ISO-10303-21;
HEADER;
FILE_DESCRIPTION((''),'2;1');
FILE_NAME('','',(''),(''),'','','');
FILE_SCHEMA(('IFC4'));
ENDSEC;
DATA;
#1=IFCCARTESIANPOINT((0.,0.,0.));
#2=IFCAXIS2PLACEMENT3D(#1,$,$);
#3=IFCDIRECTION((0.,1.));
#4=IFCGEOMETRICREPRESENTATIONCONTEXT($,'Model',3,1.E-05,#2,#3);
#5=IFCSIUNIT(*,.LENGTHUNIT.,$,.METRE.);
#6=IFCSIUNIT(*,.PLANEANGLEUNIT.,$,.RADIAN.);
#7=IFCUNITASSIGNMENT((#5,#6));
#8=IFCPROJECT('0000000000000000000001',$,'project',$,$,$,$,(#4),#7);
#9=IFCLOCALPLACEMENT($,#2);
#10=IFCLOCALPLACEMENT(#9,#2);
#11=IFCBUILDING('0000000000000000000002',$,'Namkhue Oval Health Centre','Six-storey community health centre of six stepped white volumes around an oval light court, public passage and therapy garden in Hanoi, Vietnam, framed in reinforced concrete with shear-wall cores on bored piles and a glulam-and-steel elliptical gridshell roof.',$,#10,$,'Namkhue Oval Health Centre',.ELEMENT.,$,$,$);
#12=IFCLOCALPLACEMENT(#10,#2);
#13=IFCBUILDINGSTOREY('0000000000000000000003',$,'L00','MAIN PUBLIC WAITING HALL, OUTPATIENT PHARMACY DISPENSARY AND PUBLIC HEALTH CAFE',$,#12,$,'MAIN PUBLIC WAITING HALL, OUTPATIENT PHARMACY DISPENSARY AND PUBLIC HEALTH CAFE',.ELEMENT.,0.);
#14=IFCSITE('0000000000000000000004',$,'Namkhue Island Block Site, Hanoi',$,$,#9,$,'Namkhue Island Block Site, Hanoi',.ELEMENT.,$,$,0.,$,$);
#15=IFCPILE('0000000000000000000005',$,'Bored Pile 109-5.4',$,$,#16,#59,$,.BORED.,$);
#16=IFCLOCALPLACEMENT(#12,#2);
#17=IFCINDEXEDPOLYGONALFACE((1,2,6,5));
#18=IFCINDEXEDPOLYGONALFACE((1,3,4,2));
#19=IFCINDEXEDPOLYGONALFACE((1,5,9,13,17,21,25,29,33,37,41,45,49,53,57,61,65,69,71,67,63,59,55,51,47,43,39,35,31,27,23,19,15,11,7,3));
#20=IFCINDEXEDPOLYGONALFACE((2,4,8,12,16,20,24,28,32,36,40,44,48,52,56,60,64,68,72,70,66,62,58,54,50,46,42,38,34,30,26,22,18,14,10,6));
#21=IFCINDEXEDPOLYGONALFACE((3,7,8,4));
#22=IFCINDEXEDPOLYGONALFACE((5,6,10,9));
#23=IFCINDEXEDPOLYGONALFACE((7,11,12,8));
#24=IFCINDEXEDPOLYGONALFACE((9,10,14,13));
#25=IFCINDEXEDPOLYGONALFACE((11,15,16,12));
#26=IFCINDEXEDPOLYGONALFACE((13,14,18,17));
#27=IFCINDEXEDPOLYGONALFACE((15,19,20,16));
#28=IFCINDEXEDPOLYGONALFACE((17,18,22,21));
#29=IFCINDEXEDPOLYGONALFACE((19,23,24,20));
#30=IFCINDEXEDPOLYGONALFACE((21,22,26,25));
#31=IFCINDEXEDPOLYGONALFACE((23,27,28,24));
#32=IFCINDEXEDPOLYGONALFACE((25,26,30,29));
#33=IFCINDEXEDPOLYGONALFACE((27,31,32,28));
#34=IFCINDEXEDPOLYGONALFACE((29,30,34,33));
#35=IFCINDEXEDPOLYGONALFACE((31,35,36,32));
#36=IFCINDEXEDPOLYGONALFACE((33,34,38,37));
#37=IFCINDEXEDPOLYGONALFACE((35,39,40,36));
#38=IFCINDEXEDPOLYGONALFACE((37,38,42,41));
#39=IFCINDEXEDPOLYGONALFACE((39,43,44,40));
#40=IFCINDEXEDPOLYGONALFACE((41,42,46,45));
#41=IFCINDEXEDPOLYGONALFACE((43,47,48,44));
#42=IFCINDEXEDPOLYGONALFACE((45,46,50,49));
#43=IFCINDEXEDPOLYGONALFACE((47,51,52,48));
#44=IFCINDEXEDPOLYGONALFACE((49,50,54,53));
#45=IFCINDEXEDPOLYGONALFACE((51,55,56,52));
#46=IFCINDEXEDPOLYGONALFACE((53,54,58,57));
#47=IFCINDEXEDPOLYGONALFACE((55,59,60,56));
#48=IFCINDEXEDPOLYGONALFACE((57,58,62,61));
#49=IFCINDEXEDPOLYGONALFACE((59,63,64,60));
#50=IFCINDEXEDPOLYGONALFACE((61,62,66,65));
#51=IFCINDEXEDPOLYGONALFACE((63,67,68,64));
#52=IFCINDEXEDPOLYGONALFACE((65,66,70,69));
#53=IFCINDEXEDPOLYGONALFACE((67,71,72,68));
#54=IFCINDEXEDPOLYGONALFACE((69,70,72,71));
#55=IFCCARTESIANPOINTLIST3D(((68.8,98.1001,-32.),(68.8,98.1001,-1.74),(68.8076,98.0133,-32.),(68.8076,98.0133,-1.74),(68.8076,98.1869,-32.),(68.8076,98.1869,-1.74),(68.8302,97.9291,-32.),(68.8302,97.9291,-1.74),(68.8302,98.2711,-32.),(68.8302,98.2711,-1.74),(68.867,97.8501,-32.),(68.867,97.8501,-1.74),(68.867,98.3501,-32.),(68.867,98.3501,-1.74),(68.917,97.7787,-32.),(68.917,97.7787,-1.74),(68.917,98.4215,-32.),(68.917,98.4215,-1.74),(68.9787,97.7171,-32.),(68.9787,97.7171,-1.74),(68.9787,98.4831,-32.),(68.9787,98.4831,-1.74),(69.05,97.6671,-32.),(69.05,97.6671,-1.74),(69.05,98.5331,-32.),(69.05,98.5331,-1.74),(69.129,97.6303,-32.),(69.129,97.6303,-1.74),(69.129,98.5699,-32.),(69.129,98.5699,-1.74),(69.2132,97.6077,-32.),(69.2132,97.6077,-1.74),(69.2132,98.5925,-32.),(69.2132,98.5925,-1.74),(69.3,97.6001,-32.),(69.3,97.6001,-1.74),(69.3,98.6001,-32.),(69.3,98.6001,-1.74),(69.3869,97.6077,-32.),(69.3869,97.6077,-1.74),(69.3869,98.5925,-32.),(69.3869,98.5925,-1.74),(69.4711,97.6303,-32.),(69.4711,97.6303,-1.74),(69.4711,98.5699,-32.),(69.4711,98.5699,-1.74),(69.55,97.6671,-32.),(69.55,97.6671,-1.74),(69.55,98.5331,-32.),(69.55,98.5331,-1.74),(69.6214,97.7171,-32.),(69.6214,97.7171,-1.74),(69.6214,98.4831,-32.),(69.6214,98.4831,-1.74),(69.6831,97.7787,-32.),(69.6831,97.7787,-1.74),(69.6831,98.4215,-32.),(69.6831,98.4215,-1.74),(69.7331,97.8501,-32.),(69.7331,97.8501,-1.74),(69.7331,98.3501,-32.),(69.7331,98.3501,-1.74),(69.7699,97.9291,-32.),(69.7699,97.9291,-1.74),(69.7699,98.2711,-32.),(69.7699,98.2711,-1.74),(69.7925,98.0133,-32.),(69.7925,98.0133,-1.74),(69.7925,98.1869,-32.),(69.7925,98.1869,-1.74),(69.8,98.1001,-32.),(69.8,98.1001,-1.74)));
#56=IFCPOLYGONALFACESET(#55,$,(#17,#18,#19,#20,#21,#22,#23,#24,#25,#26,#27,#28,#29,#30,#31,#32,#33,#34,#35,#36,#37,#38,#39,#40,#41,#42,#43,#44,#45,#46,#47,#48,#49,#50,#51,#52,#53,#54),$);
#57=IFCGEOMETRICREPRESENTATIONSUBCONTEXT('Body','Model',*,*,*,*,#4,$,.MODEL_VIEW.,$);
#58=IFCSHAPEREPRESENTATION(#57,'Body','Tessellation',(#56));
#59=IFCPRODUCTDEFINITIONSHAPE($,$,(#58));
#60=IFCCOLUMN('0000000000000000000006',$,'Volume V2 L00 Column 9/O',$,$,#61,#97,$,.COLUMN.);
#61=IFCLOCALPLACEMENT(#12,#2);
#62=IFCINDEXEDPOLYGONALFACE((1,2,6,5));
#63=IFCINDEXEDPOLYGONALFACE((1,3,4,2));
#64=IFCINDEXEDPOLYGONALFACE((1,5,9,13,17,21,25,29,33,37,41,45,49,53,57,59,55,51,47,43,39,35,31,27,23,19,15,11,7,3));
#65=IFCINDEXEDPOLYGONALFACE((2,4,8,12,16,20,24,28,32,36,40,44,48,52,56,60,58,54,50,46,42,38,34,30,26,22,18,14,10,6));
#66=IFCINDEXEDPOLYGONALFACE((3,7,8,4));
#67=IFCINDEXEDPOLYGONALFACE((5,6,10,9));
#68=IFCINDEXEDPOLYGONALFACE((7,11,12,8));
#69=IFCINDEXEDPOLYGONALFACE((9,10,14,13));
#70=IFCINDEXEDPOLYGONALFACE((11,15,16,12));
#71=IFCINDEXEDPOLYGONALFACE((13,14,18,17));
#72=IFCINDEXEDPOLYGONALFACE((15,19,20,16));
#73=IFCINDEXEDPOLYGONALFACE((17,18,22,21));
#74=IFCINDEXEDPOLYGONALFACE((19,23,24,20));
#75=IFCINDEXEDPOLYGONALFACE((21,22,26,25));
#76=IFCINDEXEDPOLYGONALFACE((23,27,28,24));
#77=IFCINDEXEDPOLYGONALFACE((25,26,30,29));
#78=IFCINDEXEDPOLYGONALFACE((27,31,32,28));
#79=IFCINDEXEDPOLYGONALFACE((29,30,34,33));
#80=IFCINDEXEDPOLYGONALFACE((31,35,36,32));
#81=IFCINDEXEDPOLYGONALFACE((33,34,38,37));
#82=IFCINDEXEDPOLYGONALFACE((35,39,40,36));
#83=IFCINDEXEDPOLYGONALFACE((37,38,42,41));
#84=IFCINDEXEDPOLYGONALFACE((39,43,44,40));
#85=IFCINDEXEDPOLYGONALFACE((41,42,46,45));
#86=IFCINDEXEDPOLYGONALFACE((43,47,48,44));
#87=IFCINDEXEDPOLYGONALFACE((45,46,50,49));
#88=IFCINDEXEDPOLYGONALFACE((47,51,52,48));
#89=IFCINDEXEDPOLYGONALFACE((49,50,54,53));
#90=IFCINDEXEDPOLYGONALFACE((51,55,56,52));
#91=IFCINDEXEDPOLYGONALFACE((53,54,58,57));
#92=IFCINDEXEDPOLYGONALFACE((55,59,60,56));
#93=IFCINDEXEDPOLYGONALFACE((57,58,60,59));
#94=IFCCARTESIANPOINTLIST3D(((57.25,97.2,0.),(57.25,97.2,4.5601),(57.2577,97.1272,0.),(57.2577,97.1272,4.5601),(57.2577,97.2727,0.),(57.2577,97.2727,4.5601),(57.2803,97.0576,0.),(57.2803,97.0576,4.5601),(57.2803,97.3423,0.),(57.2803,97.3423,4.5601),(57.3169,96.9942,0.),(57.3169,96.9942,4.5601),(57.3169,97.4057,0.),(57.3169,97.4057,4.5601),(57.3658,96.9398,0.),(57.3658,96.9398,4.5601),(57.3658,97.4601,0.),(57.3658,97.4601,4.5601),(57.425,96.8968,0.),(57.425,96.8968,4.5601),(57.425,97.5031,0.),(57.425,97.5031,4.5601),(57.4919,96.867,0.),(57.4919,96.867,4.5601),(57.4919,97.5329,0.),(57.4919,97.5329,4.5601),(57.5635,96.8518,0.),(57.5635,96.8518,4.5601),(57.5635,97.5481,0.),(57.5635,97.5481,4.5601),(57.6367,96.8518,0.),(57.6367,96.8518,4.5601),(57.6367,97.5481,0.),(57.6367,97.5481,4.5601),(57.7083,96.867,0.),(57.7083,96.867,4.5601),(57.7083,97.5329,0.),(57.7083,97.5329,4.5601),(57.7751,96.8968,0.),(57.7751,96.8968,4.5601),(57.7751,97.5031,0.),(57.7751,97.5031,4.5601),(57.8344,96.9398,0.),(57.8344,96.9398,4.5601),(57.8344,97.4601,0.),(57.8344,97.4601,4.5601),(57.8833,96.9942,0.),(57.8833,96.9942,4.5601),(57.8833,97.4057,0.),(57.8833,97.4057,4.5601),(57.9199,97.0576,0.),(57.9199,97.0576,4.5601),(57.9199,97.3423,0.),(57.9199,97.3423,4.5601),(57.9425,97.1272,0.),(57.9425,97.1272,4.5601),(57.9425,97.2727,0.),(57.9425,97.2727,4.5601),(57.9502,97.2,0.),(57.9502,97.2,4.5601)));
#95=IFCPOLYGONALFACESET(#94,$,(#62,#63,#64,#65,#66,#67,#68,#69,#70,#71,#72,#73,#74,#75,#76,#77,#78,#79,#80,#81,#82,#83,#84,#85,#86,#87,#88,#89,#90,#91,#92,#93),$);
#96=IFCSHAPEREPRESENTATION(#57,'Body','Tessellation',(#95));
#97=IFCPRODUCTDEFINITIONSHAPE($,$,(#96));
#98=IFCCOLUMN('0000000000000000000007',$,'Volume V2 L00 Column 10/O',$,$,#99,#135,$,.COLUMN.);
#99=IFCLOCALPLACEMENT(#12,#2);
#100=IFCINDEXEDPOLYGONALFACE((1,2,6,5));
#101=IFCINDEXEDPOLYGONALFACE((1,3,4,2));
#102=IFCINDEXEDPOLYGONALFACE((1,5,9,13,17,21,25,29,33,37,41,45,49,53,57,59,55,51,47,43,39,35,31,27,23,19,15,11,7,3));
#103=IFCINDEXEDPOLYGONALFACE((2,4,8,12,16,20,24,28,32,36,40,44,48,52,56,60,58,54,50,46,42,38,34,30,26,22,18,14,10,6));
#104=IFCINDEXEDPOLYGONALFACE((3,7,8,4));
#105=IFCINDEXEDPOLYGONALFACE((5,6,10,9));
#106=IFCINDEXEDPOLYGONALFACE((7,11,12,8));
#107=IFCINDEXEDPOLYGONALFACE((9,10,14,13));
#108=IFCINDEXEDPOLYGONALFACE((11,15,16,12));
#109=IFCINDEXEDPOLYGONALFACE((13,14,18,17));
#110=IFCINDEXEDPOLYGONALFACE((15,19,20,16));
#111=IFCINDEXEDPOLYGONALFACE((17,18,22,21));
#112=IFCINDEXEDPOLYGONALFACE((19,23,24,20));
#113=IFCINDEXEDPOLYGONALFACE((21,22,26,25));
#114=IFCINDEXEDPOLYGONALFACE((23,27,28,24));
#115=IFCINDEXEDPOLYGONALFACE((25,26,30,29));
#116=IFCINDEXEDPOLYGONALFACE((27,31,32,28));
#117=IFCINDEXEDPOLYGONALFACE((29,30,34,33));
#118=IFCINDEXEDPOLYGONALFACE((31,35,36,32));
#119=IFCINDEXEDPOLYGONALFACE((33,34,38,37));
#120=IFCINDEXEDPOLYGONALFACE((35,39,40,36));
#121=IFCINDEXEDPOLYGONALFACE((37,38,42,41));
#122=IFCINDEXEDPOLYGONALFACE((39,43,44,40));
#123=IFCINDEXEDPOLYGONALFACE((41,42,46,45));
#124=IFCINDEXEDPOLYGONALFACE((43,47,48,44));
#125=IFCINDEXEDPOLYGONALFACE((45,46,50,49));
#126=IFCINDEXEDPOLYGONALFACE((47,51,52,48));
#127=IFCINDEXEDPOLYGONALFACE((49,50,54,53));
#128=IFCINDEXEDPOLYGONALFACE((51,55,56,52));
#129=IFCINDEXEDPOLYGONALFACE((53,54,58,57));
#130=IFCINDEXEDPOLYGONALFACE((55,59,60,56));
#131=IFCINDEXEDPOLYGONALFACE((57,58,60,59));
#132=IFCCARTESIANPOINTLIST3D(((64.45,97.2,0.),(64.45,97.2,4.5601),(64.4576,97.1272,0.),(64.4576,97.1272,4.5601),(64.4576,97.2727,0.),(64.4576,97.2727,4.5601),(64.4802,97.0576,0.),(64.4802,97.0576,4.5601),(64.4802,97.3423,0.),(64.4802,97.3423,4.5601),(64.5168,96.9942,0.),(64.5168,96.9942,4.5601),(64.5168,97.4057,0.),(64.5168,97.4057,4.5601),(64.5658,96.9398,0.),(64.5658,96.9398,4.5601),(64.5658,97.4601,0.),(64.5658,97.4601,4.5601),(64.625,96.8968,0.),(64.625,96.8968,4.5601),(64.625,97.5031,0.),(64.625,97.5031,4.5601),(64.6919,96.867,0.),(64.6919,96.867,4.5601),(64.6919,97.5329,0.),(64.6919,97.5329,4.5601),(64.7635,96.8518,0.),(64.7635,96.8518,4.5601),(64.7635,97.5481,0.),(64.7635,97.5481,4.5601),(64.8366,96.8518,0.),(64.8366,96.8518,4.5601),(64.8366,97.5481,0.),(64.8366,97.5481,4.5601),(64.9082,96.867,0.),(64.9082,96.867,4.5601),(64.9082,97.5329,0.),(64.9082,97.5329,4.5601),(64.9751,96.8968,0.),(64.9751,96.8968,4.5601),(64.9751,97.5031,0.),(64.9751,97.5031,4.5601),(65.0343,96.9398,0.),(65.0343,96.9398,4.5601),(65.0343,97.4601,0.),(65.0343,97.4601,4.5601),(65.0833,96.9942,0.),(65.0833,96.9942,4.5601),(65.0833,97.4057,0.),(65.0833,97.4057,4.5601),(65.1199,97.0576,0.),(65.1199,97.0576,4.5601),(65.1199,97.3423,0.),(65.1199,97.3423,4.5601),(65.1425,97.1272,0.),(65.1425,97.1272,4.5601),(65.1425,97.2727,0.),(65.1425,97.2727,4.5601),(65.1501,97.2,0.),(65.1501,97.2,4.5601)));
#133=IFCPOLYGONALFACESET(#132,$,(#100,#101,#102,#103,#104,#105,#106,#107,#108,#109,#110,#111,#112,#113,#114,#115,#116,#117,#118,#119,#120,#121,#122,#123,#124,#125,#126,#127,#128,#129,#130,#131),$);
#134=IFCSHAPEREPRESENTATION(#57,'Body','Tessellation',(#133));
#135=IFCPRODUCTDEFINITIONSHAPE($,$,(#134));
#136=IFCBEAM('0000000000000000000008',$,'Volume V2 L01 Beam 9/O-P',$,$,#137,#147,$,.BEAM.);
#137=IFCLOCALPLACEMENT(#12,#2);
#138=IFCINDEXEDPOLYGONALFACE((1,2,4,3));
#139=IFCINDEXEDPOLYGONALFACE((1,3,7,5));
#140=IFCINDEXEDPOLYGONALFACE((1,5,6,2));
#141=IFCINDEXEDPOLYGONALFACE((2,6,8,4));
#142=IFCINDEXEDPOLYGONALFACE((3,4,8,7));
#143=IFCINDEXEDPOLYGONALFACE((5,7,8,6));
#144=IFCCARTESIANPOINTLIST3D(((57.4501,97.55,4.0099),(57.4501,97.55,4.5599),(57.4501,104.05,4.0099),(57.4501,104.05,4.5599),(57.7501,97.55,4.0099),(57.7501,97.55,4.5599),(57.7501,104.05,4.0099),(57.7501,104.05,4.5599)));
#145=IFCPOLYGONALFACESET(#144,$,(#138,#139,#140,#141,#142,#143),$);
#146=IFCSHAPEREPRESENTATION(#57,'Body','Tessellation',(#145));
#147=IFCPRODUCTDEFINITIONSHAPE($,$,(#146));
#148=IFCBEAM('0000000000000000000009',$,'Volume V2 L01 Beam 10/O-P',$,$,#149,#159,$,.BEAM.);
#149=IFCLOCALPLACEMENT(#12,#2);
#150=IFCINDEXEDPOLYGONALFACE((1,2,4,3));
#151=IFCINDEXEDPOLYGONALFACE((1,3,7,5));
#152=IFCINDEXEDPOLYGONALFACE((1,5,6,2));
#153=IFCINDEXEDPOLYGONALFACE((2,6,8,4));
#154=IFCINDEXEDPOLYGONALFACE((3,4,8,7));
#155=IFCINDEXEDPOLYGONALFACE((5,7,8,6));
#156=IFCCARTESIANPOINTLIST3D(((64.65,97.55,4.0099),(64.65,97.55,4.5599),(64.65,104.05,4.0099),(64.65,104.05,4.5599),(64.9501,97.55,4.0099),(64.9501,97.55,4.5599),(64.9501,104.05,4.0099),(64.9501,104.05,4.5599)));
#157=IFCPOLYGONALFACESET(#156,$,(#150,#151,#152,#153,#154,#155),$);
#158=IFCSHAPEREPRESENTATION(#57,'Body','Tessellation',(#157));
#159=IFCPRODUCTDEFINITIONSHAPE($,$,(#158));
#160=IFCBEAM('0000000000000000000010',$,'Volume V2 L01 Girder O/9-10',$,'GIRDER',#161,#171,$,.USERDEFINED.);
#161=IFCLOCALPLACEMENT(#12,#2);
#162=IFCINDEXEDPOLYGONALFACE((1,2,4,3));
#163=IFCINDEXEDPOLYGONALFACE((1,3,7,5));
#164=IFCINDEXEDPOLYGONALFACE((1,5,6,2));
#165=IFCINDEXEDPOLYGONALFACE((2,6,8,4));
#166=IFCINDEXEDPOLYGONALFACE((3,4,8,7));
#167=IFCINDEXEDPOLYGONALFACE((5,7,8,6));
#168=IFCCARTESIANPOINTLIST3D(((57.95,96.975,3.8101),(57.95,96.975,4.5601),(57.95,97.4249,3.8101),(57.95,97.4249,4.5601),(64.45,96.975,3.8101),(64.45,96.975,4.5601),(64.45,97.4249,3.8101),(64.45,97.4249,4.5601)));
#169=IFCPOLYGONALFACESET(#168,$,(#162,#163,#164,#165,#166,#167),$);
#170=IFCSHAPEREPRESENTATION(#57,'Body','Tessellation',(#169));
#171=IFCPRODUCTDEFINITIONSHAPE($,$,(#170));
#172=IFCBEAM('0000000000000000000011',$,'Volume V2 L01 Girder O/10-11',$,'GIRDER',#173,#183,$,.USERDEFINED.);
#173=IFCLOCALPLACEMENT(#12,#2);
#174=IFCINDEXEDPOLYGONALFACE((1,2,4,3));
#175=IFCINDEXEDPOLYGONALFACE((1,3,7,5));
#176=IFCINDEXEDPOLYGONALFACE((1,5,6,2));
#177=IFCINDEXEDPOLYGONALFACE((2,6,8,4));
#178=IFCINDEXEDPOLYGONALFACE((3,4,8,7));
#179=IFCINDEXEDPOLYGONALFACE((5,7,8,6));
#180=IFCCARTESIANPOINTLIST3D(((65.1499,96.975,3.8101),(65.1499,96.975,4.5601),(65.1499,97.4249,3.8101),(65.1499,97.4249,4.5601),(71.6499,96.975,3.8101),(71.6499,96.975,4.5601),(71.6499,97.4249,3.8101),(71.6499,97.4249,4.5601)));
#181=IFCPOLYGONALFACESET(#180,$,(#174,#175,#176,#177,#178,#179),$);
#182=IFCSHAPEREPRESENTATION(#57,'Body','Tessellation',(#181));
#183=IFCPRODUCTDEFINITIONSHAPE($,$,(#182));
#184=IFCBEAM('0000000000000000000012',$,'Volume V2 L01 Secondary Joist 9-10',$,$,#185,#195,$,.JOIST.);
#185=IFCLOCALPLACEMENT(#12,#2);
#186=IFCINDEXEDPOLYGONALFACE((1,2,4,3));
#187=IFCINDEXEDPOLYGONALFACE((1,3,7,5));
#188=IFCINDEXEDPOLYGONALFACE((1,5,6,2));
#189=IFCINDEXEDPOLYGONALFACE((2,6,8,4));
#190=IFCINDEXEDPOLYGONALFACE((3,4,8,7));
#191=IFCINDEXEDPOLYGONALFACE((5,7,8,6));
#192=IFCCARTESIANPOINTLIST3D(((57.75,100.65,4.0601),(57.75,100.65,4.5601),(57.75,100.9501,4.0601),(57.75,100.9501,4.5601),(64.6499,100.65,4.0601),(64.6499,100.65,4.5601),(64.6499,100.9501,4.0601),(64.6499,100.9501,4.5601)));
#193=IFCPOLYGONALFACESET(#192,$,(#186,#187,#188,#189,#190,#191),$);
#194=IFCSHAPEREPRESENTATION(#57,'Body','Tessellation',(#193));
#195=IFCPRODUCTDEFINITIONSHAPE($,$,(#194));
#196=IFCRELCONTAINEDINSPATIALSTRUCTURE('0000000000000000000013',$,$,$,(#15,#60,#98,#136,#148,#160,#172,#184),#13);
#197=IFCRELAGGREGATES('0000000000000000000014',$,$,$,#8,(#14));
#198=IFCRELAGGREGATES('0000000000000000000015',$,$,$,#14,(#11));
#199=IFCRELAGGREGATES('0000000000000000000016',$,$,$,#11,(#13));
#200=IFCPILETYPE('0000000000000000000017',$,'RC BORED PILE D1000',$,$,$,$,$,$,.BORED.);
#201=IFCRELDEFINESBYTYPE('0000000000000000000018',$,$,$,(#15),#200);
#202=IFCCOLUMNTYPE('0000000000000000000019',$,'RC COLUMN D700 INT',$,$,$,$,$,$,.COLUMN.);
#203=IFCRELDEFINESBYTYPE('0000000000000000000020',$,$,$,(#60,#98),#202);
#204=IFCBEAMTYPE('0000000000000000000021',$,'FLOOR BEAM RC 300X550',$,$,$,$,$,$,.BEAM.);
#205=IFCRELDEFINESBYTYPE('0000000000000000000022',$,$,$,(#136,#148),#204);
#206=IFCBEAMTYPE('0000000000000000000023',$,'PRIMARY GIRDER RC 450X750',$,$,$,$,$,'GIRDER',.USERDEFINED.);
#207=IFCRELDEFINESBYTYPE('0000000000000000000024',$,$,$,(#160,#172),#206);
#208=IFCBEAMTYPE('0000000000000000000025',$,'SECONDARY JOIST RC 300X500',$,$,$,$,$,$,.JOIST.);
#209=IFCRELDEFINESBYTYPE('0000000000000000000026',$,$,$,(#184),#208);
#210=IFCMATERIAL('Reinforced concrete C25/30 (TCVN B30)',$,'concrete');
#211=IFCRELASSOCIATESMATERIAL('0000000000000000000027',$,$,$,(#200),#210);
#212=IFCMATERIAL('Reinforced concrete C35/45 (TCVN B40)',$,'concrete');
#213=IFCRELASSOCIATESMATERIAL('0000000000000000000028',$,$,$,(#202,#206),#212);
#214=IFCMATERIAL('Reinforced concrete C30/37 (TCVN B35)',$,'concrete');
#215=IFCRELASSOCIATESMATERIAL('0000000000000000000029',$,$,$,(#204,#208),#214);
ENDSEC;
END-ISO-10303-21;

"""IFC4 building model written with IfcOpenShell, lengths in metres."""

from ifc_helpers import new_model, si_unit, direction, frame, origin, origin_2d, place, context, subcontext, project, spatial, rectangle, circle, extrude, material, material_profile, profile_set, type_object, element, save


model = new_model("IFC4")

# Units and contexts
model_context = context("Model", 3, precision=1e-05, world=origin(), true_north=direction((0.0, 1.0)))
body_context = subcontext(model_context, "Body", "Model", "MODEL_VIEW")
ifc_project = project(units=[si_unit("LENGTHUNIT", "METRE"), si_unit("PLANEANGLEUNIT", "RADIAN")], contexts=[model_context])

# Site, building, storey
site_placement = place(None, origin())
site = spatial("IfcSite", under=ifc_project, at=site_placement, Name="Namkhue Island Block Site, Hanoi", LongName="Namkhue Island Block Site, Hanoi", CompositionType="ELEMENT", RefElevation=0.0)
building_placement = place(site_placement, origin())
building = spatial("IfcBuilding", under=site, at=building_placement, Name="Namkhue Oval Health Centre", Description="Six-storey community health centre of six stepped white volumes around an oval light court, public passage and therapy garden in Hanoi, Vietnam, framed in reinforced concrete with shear-wall cores on bored piles and a glulam-and-steel elliptical gridshell roof.", LongName="Namkhue Oval Health Centre", CompositionType="ELEMENT")
storey_placement = place(building_placement, origin())
storey = spatial("IfcBuildingStorey", under=building, at=storey_placement, Name="L00", Description="MAIN PUBLIC WAITING HALL, OUTPATIENT PHARMACY DISPENSARY AND PUBLIC HEALTH CAFE", LongName="MAIN PUBLIC WAITING HALL, OUTPATIENT PHARMACY DISPENSARY AND PUBLIC HEALTH CAFE", CompositionType="ELEMENT", Elevation=0.0)

# Shared definitions
ifc_material_1 = material(Name="Reinforced concrete C30/37 (TCVN B35)", Category="concrete")

# Pile
ifc_material_2 = material(Name="Reinforced concrete C25/30 (TCVN B30)", Category="concrete")
ifc_material_profile_1 = material_profile(ifc_material_2, circle(Radius=0.5, at=origin_2d()), Name="BORED PILE D1000")
ifc_profile_set_1 = profile_set([ifc_material_profile_1], Name="Reinforced concrete C25/30 (TCVN B30)")
pile_type = type_object("IfcPileType", Name="RC BORED PILE D1000", PredefinedType="BORED", material=ifc_profile_set_1)
for number, where, z_axis, x_axis, name in (
    (1, (69.3, 98.1001, -1.74), (0.0, 0.0, -1.0), (1.0, 0.0, 0.0), "Bored Pile 109-5.4"),
):
    element("IfcPile", number, at=place(storey_placement, frame(where, z_axis=z_axis, x_axis=x_axis)), inside=storey, type_object=pile_type, Name=name, PredefinedType="BORED", context=body_context, shape_type="SweptSolid", body=[
        extrude(circle(Radius=0.5, at=origin_2d()), origin(), (0.0, 0.0, 1.0), 30.26),
    ])

# Columns
ifc_material_3 = material(Name="Reinforced concrete C35/45 (TCVN B40)", Category="concrete")
ifc_material_profile_2 = material_profile(ifc_material_3, circle(Radius=0.3501, at=origin_2d()), Name="RC D700")
ifc_profile_set_2 = profile_set([ifc_material_profile_2], Name="Reinforced concrete C35/45 (TCVN B40)")
column_type = type_object("IfcColumnType", Name="RC COLUMN D700 INT", PredefinedType="COLUMN", material=ifc_profile_set_2)
for number, where, z_axis, x_axis, name in (
    (2, (57.6001, 97.2, 0.0), (0.0, 0.0, 1.0), (1.0, 0.0, 0.0), "Volume V2 L00 Column 9/O"),
    (3, (64.8, 97.2, 0.0), (0.0, 0.0, 1.0), (1.0, 0.0, 0.0), "Volume V2 L00 Column 10/O"),
):
    element("IfcColumn", number, at=place(storey_placement, frame(where, z_axis=z_axis, x_axis=x_axis)), inside=storey, type_object=column_type, Name=name, PredefinedType="COLUMN", context=body_context, shape_type="SweptSolid", body=[
        extrude(circle(Radius=0.3501, at=origin_2d()), origin(), (0.0, 0.0, 1.0), 4.5601),
    ])

# Beams
ifc_material_profile_3 = material_profile(ifc_material_1, rectangle(XDim=0.3, YDim=0.55, at=origin_2d()), Name="RC 300x550")
ifc_profile_set_3 = profile_set([ifc_material_profile_3], Name="Reinforced concrete C30/37 (TCVN B35)")
beam_type_1 = type_object("IfcBeamType", Name="FLOOR BEAM RC 300X550", PredefinedType="BEAM", material=ifc_profile_set_3)
for number, where, z_axis, x_axis, name in (
    (4, (57.6001, 97.55, 4.2849), (0.0, 1.0, 0.0), (-1.0, 0.0, 0.0), "Volume V2 L01 Beam 9/O-P"),
    (5, (64.8, 97.55, 4.2849), (0.0, 1.0, 0.0), (-1.0, 0.0, 0.0), "Volume V2 L01 Beam 10/O-P"),
):
    element("IfcBeam", number, at=place(storey_placement, frame(where, z_axis=z_axis, x_axis=x_axis)), inside=storey, type_object=beam_type_1, Name=name, PredefinedType="BEAM", context=body_context, shape_type="SweptSolid", body=[
        extrude(rectangle(XDim=0.3, YDim=0.55, at=origin_2d()), origin(), (0.0, 0.0, 1.0), 6.5),
    ])
ifc_material_profile_4 = material_profile(ifc_material_3, rectangle(XDim=0.45, YDim=0.75, at=origin_2d()), Name="RC 450x750")
ifc_profile_set_4 = profile_set([ifc_material_profile_4], Name="Reinforced concrete C35/45 (TCVN B40)")
beam_type_2 = type_object("IfcBeamType", Name="PRIMARY GIRDER RC 450X750", ElementType="GIRDER", PredefinedType="USERDEFINED", material=ifc_profile_set_4)
for number, where, z_axis, x_axis, name in (
    (6, (57.95, 97.2, 4.1851), (1.0, 0.0, 0.0), (0.0, 1.0, 0.0), "Volume V2 L01 Girder O/9-10"),
    (7, (65.1499, 97.2, 4.1851), (1.0, 0.0, 0.0), (0.0, 1.0, 0.0), "Volume V2 L01 Girder O/10-11"),
):
    element("IfcBeam", number, at=place(storey_placement, frame(where, z_axis=z_axis, x_axis=x_axis)), inside=storey, type_object=beam_type_2, Name=name, ObjectType="GIRDER", PredefinedType="USERDEFINED", context=body_context, shape_type="SweptSolid", body=[
        extrude(rectangle(XDim=0.45, YDim=0.75, at=origin_2d()), origin(), (0.0, 0.0, 1.0), 6.5),
    ])
ifc_material_profile_5 = material_profile(ifc_material_1, rectangle(XDim=0.3, YDim=0.5, at=origin_2d()), Name="RC 300x500")
ifc_profile_set_5 = profile_set([ifc_material_profile_5], Name="Reinforced concrete C30/37 (TCVN B35)")
beam_type_3 = type_object("IfcBeamType", Name="SECONDARY JOIST RC 300X500", PredefinedType="JOIST", material=ifc_profile_set_5)
beam_1_placement = place(storey_placement, frame((57.75, 100.8, 4.3101), z_axis=(1.0, 0.0, 0.0), x_axis=(0.0, 1.0, 0.0)))
element("IfcBeam", 8, at=beam_1_placement, inside=storey, type_object=beam_type_3, Name="Volume V2 L01 Secondary Joist 9-10", PredefinedType="JOIST", context=body_context, shape_type="SweptSolid", body=[
    extrude(rectangle(XDim=0.3, YDim=0.5, at=origin_2d()), origin(), (0.0, 0.0, 1.0), 6.8999),
])

save(model, "model.ifc")
